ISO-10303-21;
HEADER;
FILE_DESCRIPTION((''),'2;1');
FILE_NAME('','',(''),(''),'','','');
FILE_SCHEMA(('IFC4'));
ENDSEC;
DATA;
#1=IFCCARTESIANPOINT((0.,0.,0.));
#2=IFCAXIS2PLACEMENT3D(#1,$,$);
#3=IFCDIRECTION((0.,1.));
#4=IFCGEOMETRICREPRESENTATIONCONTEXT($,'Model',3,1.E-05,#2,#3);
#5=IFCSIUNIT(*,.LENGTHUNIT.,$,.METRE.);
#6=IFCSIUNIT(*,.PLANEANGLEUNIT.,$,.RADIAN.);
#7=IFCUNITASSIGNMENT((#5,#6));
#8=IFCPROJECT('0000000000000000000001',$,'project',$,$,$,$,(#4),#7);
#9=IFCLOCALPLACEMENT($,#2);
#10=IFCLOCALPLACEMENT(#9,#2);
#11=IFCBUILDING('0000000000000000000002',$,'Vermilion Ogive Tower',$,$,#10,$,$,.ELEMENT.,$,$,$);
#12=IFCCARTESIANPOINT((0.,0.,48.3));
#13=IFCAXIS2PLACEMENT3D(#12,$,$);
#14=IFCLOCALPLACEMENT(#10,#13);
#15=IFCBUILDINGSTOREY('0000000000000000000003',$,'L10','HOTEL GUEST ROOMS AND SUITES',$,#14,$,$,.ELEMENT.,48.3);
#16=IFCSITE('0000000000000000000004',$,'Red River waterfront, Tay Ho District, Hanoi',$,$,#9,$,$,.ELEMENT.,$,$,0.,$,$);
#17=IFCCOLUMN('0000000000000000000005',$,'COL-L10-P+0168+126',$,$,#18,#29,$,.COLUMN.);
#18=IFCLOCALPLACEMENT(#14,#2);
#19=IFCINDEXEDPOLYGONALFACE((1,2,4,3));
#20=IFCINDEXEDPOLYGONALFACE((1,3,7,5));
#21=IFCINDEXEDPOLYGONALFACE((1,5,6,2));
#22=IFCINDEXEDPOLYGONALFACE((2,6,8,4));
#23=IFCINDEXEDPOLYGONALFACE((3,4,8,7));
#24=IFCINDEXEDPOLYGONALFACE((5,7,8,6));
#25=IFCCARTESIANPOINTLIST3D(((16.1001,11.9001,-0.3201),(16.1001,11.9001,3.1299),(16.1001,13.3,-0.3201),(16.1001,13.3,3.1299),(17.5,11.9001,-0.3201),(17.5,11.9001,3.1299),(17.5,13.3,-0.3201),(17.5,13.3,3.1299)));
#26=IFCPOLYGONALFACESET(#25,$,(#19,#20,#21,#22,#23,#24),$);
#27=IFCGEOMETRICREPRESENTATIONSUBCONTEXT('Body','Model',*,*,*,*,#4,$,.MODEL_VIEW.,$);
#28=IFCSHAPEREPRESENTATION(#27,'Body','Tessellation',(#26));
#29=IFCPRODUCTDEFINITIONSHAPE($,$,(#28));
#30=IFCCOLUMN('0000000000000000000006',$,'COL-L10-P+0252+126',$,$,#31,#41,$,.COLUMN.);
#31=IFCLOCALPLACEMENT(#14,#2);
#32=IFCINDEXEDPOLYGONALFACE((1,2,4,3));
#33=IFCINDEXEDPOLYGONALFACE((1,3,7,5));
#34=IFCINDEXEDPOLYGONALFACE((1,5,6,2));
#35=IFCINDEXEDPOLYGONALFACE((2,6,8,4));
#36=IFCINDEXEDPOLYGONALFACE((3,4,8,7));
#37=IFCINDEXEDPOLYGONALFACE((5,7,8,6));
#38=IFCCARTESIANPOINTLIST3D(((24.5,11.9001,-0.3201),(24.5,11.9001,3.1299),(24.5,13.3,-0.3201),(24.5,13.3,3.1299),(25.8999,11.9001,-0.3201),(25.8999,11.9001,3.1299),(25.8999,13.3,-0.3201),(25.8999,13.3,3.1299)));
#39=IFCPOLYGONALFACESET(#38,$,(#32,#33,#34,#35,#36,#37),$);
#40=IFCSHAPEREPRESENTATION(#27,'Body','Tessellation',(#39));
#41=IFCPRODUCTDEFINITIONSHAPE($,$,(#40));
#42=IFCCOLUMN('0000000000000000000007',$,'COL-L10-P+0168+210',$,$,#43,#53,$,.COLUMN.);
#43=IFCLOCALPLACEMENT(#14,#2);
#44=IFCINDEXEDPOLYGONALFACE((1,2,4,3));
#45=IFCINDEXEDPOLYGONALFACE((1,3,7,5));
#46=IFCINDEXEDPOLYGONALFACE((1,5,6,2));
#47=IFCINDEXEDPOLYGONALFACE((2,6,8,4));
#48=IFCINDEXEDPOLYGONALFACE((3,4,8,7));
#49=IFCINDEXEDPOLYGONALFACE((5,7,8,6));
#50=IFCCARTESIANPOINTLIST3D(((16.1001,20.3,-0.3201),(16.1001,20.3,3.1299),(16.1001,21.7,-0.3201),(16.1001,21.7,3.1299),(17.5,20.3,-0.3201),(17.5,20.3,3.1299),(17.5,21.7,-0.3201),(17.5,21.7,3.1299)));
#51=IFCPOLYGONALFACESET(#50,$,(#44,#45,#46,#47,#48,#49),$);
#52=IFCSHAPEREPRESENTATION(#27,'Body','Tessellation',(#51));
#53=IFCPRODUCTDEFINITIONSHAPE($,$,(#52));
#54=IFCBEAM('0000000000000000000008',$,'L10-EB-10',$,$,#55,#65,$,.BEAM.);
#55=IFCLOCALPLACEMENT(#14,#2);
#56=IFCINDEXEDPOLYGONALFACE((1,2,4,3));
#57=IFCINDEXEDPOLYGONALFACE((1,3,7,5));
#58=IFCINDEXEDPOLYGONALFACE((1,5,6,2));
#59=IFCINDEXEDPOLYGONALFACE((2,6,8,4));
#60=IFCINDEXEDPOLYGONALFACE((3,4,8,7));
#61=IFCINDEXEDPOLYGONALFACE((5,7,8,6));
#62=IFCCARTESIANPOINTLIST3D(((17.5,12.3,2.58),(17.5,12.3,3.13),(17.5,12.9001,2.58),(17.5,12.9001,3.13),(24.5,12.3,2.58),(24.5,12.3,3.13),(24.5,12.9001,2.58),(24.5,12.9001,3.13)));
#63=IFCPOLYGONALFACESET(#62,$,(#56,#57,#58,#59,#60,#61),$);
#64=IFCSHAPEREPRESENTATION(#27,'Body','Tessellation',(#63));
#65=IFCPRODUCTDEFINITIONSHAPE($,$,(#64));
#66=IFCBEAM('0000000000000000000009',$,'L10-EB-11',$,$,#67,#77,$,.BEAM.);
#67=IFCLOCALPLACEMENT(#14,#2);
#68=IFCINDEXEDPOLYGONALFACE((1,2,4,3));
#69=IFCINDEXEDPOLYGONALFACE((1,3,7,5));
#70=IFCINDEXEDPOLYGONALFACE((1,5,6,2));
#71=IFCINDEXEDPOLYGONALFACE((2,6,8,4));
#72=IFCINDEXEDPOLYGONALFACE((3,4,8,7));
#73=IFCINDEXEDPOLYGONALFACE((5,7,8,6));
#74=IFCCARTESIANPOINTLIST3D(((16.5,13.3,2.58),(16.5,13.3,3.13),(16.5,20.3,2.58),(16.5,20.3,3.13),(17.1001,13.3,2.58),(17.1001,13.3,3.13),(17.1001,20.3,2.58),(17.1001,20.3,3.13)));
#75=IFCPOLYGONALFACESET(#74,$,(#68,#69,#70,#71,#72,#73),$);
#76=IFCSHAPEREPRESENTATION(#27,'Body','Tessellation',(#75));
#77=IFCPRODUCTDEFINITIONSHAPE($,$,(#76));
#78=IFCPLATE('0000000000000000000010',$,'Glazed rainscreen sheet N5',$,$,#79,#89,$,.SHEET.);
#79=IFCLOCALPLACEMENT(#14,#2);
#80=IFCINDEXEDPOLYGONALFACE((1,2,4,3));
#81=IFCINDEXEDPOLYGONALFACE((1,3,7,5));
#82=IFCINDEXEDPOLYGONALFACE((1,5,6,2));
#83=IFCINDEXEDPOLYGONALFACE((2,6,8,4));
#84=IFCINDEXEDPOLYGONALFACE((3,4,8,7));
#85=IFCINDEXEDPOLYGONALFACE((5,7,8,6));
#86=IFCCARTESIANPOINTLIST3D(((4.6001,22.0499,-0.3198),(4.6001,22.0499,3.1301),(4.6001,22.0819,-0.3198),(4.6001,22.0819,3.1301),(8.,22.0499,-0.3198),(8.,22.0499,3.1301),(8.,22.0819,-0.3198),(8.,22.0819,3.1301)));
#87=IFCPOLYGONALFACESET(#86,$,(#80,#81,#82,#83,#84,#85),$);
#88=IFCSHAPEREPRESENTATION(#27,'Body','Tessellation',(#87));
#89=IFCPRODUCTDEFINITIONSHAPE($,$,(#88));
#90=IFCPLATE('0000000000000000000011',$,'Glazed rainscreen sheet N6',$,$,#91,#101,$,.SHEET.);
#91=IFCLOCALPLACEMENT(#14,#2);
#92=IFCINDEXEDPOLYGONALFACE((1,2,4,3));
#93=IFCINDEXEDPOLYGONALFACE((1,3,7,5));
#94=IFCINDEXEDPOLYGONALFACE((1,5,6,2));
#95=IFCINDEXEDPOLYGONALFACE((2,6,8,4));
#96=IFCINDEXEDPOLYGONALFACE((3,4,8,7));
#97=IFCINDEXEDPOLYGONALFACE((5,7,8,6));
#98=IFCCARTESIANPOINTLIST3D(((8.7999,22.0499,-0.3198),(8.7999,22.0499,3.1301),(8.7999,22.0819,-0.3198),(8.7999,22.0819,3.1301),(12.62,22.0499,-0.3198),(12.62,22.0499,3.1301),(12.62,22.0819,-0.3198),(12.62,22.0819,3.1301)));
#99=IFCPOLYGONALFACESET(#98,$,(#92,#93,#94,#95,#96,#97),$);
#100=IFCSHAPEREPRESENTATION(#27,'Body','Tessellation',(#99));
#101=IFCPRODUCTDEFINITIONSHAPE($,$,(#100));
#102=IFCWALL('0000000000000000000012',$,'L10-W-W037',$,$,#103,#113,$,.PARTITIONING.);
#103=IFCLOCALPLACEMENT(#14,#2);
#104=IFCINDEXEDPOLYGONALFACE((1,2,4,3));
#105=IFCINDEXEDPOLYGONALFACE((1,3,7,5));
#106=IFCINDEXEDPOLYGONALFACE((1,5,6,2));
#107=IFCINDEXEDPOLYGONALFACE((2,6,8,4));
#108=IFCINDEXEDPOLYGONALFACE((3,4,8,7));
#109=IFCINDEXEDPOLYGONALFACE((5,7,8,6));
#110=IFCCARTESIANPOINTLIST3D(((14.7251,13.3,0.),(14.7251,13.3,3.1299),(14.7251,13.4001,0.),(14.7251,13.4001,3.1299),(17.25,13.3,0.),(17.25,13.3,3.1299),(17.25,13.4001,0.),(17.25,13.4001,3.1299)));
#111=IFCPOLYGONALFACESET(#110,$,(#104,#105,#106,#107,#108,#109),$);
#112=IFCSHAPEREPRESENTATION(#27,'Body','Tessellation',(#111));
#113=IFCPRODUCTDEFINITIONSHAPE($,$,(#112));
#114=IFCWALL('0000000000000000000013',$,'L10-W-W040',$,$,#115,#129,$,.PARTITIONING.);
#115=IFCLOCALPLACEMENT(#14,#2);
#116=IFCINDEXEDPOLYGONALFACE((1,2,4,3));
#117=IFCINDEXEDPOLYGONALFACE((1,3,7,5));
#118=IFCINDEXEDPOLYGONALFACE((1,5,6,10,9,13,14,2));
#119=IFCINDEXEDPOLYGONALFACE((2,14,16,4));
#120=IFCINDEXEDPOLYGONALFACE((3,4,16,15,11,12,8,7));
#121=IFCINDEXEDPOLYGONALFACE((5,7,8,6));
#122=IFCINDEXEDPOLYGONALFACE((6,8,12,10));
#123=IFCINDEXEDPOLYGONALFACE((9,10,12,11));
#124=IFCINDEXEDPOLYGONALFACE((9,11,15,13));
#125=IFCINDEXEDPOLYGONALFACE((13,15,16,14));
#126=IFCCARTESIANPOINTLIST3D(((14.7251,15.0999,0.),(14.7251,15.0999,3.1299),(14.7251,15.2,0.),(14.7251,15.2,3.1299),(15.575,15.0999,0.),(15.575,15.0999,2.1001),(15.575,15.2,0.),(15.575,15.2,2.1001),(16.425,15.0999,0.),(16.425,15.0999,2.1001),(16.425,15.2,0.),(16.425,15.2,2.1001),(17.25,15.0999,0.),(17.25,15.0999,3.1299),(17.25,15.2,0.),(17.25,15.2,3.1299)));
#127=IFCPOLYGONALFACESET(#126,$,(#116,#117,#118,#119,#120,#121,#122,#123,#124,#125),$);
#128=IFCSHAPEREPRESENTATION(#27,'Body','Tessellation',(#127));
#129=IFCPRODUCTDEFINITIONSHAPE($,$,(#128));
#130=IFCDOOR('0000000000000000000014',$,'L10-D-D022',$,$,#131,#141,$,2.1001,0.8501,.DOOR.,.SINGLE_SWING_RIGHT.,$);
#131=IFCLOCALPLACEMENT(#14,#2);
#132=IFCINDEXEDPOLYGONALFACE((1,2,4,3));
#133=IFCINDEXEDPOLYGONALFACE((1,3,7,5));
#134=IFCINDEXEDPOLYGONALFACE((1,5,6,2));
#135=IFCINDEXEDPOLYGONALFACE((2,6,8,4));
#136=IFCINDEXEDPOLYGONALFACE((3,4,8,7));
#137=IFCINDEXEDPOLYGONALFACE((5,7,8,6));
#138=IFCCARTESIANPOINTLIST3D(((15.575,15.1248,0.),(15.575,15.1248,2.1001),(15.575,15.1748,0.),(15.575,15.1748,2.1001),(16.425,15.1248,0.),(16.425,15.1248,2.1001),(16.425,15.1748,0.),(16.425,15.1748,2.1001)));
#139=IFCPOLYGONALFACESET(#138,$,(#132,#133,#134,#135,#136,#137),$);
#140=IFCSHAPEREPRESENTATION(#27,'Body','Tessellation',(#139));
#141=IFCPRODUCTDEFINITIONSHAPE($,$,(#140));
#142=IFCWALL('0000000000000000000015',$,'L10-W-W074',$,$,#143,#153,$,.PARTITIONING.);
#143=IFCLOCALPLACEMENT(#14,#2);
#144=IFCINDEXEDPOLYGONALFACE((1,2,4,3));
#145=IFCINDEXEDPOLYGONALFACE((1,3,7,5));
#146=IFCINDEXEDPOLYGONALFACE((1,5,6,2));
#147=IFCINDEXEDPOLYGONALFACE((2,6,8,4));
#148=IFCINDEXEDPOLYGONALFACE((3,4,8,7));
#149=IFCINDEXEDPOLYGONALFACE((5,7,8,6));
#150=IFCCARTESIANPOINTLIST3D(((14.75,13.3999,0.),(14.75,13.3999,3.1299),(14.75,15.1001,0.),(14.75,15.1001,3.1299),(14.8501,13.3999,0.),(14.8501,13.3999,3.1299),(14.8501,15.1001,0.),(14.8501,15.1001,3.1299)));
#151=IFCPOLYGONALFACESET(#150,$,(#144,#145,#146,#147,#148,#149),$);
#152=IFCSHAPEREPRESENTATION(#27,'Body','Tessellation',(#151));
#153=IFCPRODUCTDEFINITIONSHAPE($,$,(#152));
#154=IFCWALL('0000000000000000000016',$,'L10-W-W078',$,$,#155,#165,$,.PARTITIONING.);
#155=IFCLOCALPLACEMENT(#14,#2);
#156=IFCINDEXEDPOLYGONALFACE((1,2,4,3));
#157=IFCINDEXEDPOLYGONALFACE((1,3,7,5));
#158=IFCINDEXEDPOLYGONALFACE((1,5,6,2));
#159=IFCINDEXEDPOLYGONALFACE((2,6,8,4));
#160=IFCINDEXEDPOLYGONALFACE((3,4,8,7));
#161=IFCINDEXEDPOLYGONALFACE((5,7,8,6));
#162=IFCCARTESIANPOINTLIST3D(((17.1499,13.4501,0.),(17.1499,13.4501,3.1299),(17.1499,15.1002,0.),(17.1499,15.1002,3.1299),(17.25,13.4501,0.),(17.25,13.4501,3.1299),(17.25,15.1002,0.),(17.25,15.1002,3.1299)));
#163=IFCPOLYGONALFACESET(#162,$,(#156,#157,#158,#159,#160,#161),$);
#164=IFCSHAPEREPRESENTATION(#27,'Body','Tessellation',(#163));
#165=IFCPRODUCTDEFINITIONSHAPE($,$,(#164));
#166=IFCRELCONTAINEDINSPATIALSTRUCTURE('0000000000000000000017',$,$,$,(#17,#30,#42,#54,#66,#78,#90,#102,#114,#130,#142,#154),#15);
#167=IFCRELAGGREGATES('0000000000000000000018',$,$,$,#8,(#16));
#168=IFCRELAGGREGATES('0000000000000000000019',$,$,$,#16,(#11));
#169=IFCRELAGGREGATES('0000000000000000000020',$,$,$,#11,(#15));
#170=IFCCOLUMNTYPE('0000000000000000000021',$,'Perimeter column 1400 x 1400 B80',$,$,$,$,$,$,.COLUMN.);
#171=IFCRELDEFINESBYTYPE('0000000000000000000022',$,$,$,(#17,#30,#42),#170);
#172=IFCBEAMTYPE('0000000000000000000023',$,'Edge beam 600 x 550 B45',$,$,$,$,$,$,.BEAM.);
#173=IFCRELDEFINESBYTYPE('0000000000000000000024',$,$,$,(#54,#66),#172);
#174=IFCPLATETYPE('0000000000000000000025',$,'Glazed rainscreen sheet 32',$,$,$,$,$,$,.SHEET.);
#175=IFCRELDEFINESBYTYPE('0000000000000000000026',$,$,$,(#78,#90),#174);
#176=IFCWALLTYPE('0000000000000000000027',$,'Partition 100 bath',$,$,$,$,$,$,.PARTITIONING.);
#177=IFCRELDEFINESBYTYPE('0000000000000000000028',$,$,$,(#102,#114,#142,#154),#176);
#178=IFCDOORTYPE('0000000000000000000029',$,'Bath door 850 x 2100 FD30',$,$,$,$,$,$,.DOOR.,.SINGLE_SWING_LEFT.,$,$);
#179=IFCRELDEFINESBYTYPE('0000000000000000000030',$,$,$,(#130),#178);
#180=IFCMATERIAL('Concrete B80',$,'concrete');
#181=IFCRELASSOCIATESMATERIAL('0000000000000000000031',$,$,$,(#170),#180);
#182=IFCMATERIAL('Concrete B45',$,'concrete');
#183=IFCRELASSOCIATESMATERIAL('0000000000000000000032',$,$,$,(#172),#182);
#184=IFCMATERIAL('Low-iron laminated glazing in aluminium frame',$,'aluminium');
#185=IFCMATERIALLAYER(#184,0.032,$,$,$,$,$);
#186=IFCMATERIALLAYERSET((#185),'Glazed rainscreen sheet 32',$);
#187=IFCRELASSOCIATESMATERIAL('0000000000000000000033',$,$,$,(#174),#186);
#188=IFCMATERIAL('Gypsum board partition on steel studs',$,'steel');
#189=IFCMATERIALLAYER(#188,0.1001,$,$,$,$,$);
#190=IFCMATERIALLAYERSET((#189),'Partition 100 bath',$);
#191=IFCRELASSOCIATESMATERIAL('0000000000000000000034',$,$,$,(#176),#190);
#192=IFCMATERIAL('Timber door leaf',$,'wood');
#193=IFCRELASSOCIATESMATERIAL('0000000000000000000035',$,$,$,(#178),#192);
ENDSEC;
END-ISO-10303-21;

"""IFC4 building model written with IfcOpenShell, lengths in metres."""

from ifc_helpers import new_model, si_unit, direction, frame, frame_2d, origin, origin_2d, place, context, subcontext, project, spatial, rectangle, extrude, material, layer, layer_set, material_profile, profile_set, type_object, element, fill, save


model = new_model("IFC4")

# Units and contexts
model_context = context("Model", 3, precision=1e-05, world=origin(), true_north=direction((0.0, 1.0)))
body_context = subcontext(model_context, "Body", "Model", "MODEL_VIEW")
ifc_project = project(units=[si_unit("LENGTHUNIT", "METRE"), si_unit("PLANEANGLEUNIT", "RADIAN")], contexts=[model_context])

# Site, building, storey
site_placement = place(None, origin())
site = spatial("IfcSite", under=ifc_project, at=site_placement, Name="Red River waterfront, Tay Ho District, Hanoi", CompositionType="ELEMENT", RefElevation=0.0)
building_placement = place(site_placement, origin())
building = spatial("IfcBuilding", under=site, at=building_placement, Name="Vermilion Ogive Tower", CompositionType="ELEMENT")
storey_placement = place(building_placement, frame((0.0, 0.0, 48.3)))
storey = spatial("IfcBuildingStorey", under=building, at=storey_placement, Name="L10", Description="HOTEL GUEST ROOMS AND SUITES", CompositionType="ELEMENT", Elevation=48.3)

# Columns
ifc_material_1 = material(Name="Concrete B80", Category="concrete")
ifc_material_profile_1 = material_profile(ifc_material_1, rectangle(XDim=1.3999, YDim=1.3999, at=origin_2d()), Name="1400 x 1400")
ifc_profile_set_1 = profile_set([ifc_material_profile_1], Name="Concrete B80")
column_type = type_object("IfcColumnType", Name="Perimeter column 1400 x 1400 B80", PredefinedType="COLUMN", material=ifc_profile_set_1)
for number, where, z_axis, x_axis, name in (
    (1, (16.8, 12.6001, -0.3201), (0.0, 0.0, 1.0), (1.0, 0.0, 0.0), "COL-L10-P+0168+126"),
    (2, (25.2, 12.6001, -0.3201), (0.0, 0.0, 1.0), (1.0, 0.0, 0.0), "COL-L10-P+0252+126"),
    (3, (16.8, 21.0, -0.3201), (0.0, 0.0, 1.0), (1.0, 0.0, 0.0), "COL-L10-P+0168+210"),
):
    element("IfcColumn", number, at=place(storey_placement, frame(where, z_axis=z_axis, x_axis=x_axis)), inside=storey, type_object=column_type, Name=name, PredefinedType="COLUMN", context=body_context, shape_type="SweptSolid", body=[
        extrude(rectangle(XDim=1.3999, YDim=1.3999, at=origin_2d()), origin(), (0.0, 0.0, 1.0), 3.45),
    ])

# Beams
ifc_material_2 = material(Name="Concrete B45", Category="concrete")
ifc_material_profile_2 = material_profile(ifc_material_2, rectangle(XDim=0.6001, YDim=0.55, at=origin_2d()), Name="600 x 550")
ifc_profile_set_2 = profile_set([ifc_material_profile_2], Name="Concrete B45")
beam_type = type_object("IfcBeamType", Name="Edge beam 600 x 550 B45", PredefinedType="BEAM", material=ifc_profile_set_2)
for number, where, z_axis, x_axis, name in (
    (4, (24.5, 12.6001, 2.855), (-1.0, 0.0, 0.0), (0.0, -1.0, 0.0), "L10-EB-10"),
    (5, (16.8, 13.3, 2.855), (0.0, 1.0, 0.0), (-1.0, 0.0, 0.0), "L10-EB-11"),
):
    element("IfcBeam", number, at=place(storey_placement, frame(where, z_axis=z_axis, x_axis=x_axis)), inside=storey, type_object=beam_type, Name=name, PredefinedType="BEAM", context=body_context, shape_type="SweptSolid", body=[
        extrude(rectangle(XDim=0.6001, YDim=0.55, at=origin_2d()), origin(), (0.0, 0.0, 1.0), 7.0),
    ])

# Plates
ifc_material_3 = material(Name="Low-iron laminated glazing in aluminium frame", Category="aluminium")
ifc_layer_1 = layer(ifc_material_3, 0.032)
ifc_layer_set_1 = layer_set([ifc_layer_1], Name="Glazed rainscreen sheet 32")
plate_type = type_object("IfcPlateType", Name="Glazed rainscreen sheet 32", PredefinedType="SHEET", material=ifc_layer_set_1)
plate_1_placement = place(storey_placement, frame((6.3, 22.0659, -0.3198), z_axis=(0.0, 0.0, 1.0), x_axis=(1.0, 0.0, 0.0)))
element("IfcPlate", 6, at=plate_1_placement, inside=storey, type_object=plate_type, Name="Glazed rainscreen sheet N5", PredefinedType="SHEET", context=body_context, shape_type="SweptSolid", body=[
    extrude(rectangle(XDim=3.3999, YDim=0.032, at=origin_2d()), origin(), (0.0, 0.0, 1.0), 3.45),
])
plate_2_placement = place(storey_placement, frame((10.71, 22.0659, -0.3198), z_axis=(0.0, 0.0, 1.0), x_axis=(1.0, 0.0, 0.0)))
element("IfcPlate", 7, at=plate_2_placement, inside=storey, type_object=plate_type, Name="Glazed rainscreen sheet N6", PredefinedType="SHEET", context=body_context, shape_type="SweptSolid", body=[
    extrude(rectangle(XDim=3.8201, YDim=0.032, at=origin_2d()), origin(), (0.0, 0.0, 1.0), 3.45),
])

# Wall
ifc_material_4 = material(Name="Gypsum board partition on steel studs", Category="steel")
ifc_layer_2 = layer(ifc_material_4, 0.1001)
ifc_layer_set_2 = layer_set([ifc_layer_2], Name="Partition 100 bath")
wall_type_1 = type_object("IfcWallType", Name="Partition 100 bath", PredefinedType="PARTITIONING", material=ifc_layer_set_2)
wall_1_placement = place(storey_placement, frame((14.7251, 13.3501, 0.0), z_axis=(0.0, 0.0, 1.0), x_axis=(1.0, 0.0, 0.0)))
element("IfcWall", 8, at=wall_1_placement, inside=storey, type_object=wall_type_1, Name="L10-W-W037", PredefinedType="PARTITIONING", context=body_context, shape_type="SweptSolid", body=[
    extrude(rectangle(XDim=2.5249, YDim=0.1001, at=frame_2d((1.2625, 0.0))), origin(), (0.0, 0.0, 1.0), 3.1299),
])

# Wall, opening, door
wall_2_placement = place(storey_placement, frame((14.7251, 15.1499, 0.0), z_axis=(0.0, 0.0, 1.0), x_axis=(1.0, 0.0, 0.0)))
wall_2 = element("IfcWall", 9, at=wall_2_placement, inside=storey, type_object=wall_type_1, Name="L10-W-W040", PredefinedType="PARTITIONING", context=body_context, shape_type="SweptSolid", body=[
    extrude(rectangle(XDim=2.5249, YDim=0.1001, at=frame_2d((1.2625, 0.0))), origin(), (0.0, 0.0, 1.0), 3.1299),
])
opening_1_placement = place(wall_2_placement, frame((0.8499, 0.0, 0.0)))
opening_1 = element("IfcOpeningElement", 10, at=opening_1_placement, cuts=wall_2, PredefinedType="OPENING", context=body_context, shape_type="SweptSolid", body=[
    extrude(rectangle(XDim=0.8501, YDim=2.1001, at=frame_2d((0.425, 1.05))), frame((0.0, 0.0601, 0.0), z_axis=(0.0, -1.0, 0.0), x_axis=(1.0, 0.0, 0.0)), (0.0, 0.0, 1.0), 0.1201),
])
ifc_material_5 = material(Name="Timber door leaf", Category="wood")
door_type_1 = type_object("IfcDoorType", Name="Bath door 850 x 2100 FD30", OperationType="SINGLE_SWING_LEFT", PredefinedType="DOOR", material=ifc_material_5)
door_1_placement = place(opening_1_placement, origin())
door_1 = element("IfcDoor", 11, at=door_1_placement, inside=storey, type_object=door_type_1, Name="L10-D-D022", OperationType="SINGLE_SWING_RIGHT", OverallHeight=2.1001, OverallWidth=0.8501, PredefinedType="DOOR", context=body_context, shape_type="SweptSolid", body=[
    extrude(rectangle(XDim=0.8501, YDim=2.1001, at=frame_2d((0.425, 1.05))), frame((0.0, 0.0249, 0.0), z_axis=(0.0, -1.0, 0.0), x_axis=(1.0, 0.0, 0.0)), (0.0, 0.0, 1.0), 0.05),
])
fill(opening_1, door_1)

# Walls
wall_3_placement = place(storey_placement, frame((14.8, 13.3999, 0.0), z_axis=(0.0, 0.0, 1.0), x_axis=(0.0, 1.0, 0.0)))
element("IfcWall", 12, at=wall_3_placement, inside=storey, type_object=wall_type_1, Name="L10-W-W074", PredefinedType="PARTITIONING", context=body_context, shape_type="SweptSolid", body=[
    extrude(rectangle(XDim=1.7002, YDim=0.1001, at=frame_2d((0.8501, 0.0))), origin(), (0.0, 0.0, 1.0), 3.1299),
])
wall_4_placement = place(storey_placement, frame((17.2, 13.45, 0.0), z_axis=(0.0, 0.0, 1.0), x_axis=(0.0, 1.0, 0.0)))
element("IfcWall", 13, at=wall_4_placement, inside=storey, type_object=wall_type_1, Name="L10-W-W078", PredefinedType="PARTITIONING", context=body_context, shape_type="SweptSolid", body=[
    extrude(rectangle(XDim=1.6501, YDim=0.1001, at=frame_2d((0.8252, 0.0))), origin(), (0.0, 0.0, 1.0), 3.1299),
])

save(model, "model.ifc")
